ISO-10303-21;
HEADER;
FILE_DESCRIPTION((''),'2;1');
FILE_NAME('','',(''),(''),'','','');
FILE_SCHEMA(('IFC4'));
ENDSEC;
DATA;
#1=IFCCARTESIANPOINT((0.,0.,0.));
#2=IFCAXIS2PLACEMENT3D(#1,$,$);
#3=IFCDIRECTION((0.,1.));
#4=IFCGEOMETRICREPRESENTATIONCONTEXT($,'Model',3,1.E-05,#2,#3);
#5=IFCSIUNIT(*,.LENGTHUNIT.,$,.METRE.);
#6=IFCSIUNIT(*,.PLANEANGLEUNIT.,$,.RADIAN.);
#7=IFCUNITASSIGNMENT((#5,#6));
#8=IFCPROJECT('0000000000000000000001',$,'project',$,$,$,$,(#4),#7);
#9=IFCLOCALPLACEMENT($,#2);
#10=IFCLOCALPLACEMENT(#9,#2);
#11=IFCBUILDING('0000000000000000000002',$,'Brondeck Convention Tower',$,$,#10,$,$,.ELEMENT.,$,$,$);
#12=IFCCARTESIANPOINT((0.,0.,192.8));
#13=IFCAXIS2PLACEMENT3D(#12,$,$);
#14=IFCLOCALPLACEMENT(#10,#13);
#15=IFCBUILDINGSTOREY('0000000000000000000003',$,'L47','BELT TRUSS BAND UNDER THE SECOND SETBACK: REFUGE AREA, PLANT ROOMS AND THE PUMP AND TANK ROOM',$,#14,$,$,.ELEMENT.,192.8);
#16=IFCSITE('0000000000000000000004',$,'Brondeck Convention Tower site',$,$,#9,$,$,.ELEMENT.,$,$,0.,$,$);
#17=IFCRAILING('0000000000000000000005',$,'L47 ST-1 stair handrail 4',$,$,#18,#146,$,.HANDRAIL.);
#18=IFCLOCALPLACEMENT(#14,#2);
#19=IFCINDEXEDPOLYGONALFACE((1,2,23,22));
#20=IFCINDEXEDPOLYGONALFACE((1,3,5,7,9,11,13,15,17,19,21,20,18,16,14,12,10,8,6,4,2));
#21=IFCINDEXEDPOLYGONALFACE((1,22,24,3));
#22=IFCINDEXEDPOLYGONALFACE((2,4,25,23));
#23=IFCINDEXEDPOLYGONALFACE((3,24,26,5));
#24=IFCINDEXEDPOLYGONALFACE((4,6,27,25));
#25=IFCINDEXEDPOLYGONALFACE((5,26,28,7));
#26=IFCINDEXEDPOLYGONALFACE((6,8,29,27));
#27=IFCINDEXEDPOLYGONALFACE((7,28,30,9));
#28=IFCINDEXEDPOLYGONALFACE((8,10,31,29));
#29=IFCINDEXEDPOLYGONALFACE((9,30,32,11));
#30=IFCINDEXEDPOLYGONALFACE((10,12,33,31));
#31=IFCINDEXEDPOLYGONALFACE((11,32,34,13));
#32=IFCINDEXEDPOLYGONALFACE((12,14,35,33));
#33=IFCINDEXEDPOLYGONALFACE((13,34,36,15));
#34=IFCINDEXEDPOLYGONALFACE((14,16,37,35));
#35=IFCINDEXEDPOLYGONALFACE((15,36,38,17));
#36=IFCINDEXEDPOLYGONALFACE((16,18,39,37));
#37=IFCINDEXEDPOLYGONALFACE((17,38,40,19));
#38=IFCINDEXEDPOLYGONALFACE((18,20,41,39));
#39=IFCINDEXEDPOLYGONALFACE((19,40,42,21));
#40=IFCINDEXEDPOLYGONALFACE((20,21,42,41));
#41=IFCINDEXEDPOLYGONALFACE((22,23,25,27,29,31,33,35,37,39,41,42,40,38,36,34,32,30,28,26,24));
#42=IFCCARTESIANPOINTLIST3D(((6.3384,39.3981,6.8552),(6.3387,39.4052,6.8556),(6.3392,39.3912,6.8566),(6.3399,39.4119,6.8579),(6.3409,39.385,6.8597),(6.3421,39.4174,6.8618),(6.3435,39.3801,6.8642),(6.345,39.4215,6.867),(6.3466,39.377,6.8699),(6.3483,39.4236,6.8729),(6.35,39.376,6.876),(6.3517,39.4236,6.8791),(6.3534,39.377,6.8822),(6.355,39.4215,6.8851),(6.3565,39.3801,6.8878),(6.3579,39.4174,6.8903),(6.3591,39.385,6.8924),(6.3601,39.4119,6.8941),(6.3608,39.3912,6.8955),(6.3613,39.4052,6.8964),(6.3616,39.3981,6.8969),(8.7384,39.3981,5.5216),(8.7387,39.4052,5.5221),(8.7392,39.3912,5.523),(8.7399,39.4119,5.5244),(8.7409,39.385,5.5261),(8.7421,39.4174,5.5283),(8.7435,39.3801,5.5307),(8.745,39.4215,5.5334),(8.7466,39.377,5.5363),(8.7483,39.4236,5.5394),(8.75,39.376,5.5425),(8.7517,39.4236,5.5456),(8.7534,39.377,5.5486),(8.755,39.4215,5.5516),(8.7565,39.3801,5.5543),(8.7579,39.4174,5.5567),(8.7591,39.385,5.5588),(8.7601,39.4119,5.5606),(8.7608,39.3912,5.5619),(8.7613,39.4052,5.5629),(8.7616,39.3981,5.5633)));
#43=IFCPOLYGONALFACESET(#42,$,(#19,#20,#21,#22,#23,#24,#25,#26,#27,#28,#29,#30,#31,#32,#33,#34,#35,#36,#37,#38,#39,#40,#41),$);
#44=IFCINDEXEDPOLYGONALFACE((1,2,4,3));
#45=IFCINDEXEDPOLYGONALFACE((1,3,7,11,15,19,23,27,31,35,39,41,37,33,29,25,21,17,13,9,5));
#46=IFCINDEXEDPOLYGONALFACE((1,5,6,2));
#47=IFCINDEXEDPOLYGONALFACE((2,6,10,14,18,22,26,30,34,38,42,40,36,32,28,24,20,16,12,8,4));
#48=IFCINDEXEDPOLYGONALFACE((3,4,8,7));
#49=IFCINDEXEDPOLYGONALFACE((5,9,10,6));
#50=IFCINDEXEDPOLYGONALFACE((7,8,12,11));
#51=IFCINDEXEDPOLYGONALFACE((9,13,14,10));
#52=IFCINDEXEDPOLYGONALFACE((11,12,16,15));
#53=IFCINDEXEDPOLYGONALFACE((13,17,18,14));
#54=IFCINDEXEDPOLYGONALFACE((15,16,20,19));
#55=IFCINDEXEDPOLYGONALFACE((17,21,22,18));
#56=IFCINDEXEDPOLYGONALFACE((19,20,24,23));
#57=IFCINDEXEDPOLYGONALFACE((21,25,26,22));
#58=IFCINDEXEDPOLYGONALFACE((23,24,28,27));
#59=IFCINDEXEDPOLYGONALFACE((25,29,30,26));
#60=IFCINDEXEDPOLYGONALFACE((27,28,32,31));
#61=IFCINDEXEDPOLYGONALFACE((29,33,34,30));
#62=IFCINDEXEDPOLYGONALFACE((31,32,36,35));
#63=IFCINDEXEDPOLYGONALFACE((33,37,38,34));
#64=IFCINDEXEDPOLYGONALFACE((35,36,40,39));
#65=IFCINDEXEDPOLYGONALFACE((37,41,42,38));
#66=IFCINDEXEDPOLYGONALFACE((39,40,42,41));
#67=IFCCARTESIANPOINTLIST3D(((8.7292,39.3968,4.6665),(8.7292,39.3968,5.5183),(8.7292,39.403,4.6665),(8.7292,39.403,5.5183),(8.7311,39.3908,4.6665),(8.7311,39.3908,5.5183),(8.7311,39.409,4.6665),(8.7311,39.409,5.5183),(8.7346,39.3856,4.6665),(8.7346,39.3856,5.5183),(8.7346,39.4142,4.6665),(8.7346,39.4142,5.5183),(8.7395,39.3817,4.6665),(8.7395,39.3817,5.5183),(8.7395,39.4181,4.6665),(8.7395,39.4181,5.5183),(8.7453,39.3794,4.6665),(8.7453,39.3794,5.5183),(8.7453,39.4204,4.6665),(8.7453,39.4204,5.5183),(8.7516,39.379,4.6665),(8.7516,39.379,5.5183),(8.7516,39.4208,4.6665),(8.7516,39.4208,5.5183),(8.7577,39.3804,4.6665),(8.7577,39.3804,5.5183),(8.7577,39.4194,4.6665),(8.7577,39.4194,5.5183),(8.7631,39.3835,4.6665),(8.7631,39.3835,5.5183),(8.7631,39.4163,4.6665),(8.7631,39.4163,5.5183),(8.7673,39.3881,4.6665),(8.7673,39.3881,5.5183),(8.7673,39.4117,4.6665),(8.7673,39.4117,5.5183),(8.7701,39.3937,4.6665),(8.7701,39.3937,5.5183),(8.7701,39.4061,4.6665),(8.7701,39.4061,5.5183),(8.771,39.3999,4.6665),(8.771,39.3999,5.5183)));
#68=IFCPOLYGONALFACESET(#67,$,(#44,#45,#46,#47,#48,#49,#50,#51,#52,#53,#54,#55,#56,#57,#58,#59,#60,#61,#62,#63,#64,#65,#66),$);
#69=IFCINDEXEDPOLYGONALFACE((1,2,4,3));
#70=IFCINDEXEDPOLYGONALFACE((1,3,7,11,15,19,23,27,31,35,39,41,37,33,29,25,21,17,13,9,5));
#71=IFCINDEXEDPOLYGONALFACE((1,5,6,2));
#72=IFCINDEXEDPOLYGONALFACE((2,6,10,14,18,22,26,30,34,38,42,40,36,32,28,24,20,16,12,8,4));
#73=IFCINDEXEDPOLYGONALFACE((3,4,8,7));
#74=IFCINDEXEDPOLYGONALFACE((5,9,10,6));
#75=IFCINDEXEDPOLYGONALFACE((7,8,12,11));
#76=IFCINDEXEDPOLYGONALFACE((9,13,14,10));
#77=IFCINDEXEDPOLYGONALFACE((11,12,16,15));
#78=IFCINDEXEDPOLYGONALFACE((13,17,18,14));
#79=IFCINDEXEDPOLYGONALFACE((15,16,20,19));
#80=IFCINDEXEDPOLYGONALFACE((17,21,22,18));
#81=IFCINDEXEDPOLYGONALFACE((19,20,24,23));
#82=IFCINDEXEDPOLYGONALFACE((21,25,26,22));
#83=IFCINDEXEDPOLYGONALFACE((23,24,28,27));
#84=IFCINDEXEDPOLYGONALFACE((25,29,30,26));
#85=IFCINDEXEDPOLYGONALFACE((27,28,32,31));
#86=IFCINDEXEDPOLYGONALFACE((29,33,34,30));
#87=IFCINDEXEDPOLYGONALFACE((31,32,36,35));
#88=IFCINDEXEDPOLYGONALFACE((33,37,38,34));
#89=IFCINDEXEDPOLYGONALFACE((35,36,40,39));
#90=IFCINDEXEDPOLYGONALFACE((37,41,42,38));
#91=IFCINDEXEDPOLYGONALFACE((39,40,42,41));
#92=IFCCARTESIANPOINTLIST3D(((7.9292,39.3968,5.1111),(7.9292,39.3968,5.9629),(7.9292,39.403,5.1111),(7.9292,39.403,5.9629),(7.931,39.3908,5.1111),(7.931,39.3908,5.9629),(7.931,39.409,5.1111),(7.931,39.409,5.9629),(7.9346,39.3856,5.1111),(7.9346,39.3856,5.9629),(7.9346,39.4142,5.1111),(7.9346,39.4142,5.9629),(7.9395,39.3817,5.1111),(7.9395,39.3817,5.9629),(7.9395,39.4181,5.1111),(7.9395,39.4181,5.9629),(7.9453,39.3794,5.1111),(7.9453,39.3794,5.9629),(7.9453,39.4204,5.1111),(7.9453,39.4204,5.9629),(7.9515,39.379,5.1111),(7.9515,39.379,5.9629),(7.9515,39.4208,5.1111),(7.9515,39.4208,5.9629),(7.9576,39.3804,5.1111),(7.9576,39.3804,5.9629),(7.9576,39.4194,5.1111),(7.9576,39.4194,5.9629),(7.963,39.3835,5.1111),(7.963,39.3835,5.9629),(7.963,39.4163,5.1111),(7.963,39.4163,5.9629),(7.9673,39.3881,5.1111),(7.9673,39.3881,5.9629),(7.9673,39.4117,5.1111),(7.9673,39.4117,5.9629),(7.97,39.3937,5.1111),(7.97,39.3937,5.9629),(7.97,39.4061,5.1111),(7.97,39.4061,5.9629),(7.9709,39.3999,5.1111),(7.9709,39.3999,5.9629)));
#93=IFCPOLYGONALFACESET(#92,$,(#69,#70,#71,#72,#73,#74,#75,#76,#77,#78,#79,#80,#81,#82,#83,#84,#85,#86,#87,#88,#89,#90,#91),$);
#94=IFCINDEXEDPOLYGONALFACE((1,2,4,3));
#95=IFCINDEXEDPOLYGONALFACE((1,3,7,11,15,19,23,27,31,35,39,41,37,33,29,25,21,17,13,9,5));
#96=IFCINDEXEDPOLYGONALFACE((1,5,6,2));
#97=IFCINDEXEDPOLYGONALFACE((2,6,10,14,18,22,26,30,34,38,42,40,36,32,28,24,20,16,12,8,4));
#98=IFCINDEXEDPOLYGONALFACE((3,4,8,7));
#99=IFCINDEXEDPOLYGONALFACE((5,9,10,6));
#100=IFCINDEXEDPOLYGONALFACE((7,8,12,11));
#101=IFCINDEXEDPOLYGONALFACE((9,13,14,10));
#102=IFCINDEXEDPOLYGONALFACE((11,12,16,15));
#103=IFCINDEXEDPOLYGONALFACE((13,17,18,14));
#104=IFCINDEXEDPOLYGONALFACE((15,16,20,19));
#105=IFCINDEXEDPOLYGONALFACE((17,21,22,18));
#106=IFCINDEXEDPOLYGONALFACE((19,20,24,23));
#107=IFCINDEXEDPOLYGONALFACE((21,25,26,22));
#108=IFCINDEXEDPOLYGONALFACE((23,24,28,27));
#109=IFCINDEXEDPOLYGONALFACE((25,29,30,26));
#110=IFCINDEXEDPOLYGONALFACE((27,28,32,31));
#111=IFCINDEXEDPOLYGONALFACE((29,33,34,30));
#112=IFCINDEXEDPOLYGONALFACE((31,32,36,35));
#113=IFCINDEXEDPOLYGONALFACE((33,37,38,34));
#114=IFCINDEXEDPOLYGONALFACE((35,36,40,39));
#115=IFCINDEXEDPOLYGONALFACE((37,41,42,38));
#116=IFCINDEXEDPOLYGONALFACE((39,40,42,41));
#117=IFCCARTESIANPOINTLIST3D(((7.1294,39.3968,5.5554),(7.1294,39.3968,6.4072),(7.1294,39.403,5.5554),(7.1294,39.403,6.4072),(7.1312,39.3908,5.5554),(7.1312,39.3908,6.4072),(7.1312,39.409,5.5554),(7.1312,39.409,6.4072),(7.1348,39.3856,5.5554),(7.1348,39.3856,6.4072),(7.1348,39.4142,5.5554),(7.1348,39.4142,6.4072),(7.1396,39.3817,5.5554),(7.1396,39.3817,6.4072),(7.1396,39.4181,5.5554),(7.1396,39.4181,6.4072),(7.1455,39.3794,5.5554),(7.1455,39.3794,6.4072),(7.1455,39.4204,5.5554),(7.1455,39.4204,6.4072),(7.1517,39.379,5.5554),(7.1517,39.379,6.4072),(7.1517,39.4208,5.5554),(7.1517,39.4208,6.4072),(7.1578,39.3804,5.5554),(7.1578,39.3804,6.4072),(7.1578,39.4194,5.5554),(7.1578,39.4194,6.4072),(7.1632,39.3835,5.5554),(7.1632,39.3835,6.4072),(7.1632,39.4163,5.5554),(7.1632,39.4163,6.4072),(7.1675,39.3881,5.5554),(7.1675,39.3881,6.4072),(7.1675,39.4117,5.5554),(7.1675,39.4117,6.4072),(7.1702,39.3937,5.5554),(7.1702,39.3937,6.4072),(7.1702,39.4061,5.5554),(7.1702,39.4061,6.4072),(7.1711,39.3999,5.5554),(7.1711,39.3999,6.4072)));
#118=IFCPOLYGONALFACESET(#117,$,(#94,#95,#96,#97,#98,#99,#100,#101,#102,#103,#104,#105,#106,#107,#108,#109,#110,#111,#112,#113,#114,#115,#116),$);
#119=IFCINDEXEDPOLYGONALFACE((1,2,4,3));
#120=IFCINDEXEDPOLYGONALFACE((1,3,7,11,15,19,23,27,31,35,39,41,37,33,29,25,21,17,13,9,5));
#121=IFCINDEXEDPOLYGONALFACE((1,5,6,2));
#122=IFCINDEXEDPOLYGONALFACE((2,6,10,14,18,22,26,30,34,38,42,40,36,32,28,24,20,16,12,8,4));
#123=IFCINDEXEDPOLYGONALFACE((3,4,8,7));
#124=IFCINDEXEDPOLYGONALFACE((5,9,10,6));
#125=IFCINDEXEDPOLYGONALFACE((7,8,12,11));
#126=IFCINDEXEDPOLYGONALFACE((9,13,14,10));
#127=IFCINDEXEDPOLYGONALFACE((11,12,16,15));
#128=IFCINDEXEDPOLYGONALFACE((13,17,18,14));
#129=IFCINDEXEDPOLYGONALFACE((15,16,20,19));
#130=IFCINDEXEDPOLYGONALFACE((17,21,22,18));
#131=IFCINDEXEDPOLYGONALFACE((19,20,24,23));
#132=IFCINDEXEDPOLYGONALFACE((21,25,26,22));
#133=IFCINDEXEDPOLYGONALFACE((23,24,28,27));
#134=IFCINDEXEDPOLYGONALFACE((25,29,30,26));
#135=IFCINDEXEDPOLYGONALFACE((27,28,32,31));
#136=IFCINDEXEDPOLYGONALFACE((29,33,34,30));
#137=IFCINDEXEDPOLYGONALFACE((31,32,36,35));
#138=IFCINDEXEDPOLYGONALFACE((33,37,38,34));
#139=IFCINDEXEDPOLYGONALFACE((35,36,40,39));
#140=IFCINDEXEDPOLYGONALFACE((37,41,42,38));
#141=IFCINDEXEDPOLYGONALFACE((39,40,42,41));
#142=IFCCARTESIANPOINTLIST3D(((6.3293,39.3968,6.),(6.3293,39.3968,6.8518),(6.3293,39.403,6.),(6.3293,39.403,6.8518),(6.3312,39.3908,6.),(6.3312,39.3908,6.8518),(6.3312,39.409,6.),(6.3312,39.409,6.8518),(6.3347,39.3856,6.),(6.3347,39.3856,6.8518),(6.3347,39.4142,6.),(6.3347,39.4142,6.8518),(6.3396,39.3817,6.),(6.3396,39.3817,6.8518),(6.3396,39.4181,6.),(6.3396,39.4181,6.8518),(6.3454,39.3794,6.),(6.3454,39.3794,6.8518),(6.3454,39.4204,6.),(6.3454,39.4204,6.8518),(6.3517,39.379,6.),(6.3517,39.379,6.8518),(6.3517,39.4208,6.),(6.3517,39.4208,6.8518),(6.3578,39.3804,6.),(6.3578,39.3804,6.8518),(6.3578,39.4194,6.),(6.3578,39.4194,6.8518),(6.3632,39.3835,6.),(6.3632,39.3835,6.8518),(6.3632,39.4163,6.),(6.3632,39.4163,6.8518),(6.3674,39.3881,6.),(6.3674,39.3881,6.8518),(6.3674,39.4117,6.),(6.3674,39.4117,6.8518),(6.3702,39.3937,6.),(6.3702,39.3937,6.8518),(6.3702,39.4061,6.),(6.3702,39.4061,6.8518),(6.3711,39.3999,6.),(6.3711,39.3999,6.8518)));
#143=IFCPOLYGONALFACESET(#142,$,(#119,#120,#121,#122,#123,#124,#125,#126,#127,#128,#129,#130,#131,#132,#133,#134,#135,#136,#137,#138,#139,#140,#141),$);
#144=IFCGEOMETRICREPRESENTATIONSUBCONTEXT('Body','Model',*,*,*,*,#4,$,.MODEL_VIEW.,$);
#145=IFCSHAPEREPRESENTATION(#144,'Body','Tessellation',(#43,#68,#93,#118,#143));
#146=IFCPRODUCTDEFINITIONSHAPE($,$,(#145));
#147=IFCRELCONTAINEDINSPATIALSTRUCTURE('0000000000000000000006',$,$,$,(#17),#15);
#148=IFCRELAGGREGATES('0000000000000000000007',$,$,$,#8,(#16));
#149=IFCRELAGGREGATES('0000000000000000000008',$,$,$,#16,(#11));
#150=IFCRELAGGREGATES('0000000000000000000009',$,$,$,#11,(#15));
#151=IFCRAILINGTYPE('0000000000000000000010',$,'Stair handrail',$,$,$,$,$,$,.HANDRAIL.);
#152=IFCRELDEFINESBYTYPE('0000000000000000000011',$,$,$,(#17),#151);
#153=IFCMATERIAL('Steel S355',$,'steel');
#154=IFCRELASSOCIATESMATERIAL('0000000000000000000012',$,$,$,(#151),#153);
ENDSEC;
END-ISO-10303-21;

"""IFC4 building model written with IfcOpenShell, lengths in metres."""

from ifc_helpers import new_model, si_unit, direction, frame, origin, origin_2d, place, context, subcontext, project, spatial, circle, extrude, material, type_object, element, save


model = new_model("IFC4")

# Units and contexts
model_context = context("Model", 3, precision=1e-05, world=origin(), true_north=direction((0.0, 1.0)))
body_context = subcontext(model_context, "Body", "Model", "MODEL_VIEW")
ifc_project = project(units=[si_unit("LENGTHUNIT", "METRE"), si_unit("PLANEANGLEUNIT", "RADIAN")], contexts=[model_context])

# Site, building, storey
site_placement = place(None, origin())
site = spatial("IfcSite", under=ifc_project, at=site_placement, Name="Brondeck Convention Tower site", CompositionType="ELEMENT", RefElevation=0.0)
building_placement = place(site_placement, origin())
building = spatial("IfcBuilding", under=site, at=building_placement, Name="Brondeck Convention Tower", CompositionType="ELEMENT")
storey_placement = place(building_placement, frame((0.0, 0.0, 192.8)))
storey = spatial("IfcBuildingStorey", under=building, at=storey_placement, Name="L47", Description="BELT TRUSS BAND UNDER THE SECOND SETBACK: REFUGE AREA, PLANT ROOMS AND THE PUMP AND TANK ROOM", CompositionType="ELEMENT", Elevation=192.8)

# Shared definitions
ifc_material_1 = material(Name="Steel S355", Category="steel")

# Railing
railing_type_1 = type_object("IfcRailingType", Name="Stair handrail", PredefinedType="HANDRAIL", material=ifc_material_1)
railing_1_placement = place(storey_placement, frame((8.75, 39.3999, 4.6665)))
element("IfcRailing", 1, at=railing_1_placement, inside=storey, type_object=railing_type_1, Name="L47 ST-1 stair handrail 4", PredefinedType="HANDRAIL", context=body_context, shape_type="SweptSolid", body=[
    extrude(circle(Radius=0.0239, at=origin_2d()), frame((0.0, 0.0, 0.876), z_axis=(-0.874124, 0.0, 0.485703), x_axis=(0.0, -1.0, 0.0)), (0.0, 0.0, 1.0), 2.7456),
    extrude(circle(Radius=0.021, at=origin_2d()), origin(), (0.0, 0.0, 1.0), 0.8518),
    extrude(circle(Radius=0.021, at=origin_2d()), frame((-0.8, 0.0, 0.4446)), (0.0, 0.0, 1.0), 0.8518),
    extrude(circle(Radius=0.021, at=origin_2d()), frame((-1.5999, 0.0, 0.8889)), (0.0, 0.0, 1.0), 0.8518),
    extrude(circle(Radius=0.021, at=origin_2d()), frame((-2.3999, 0.0, 1.3335)), (0.0, 0.0, 1.0), 0.8518),
])

save(model, "model.ifc")
